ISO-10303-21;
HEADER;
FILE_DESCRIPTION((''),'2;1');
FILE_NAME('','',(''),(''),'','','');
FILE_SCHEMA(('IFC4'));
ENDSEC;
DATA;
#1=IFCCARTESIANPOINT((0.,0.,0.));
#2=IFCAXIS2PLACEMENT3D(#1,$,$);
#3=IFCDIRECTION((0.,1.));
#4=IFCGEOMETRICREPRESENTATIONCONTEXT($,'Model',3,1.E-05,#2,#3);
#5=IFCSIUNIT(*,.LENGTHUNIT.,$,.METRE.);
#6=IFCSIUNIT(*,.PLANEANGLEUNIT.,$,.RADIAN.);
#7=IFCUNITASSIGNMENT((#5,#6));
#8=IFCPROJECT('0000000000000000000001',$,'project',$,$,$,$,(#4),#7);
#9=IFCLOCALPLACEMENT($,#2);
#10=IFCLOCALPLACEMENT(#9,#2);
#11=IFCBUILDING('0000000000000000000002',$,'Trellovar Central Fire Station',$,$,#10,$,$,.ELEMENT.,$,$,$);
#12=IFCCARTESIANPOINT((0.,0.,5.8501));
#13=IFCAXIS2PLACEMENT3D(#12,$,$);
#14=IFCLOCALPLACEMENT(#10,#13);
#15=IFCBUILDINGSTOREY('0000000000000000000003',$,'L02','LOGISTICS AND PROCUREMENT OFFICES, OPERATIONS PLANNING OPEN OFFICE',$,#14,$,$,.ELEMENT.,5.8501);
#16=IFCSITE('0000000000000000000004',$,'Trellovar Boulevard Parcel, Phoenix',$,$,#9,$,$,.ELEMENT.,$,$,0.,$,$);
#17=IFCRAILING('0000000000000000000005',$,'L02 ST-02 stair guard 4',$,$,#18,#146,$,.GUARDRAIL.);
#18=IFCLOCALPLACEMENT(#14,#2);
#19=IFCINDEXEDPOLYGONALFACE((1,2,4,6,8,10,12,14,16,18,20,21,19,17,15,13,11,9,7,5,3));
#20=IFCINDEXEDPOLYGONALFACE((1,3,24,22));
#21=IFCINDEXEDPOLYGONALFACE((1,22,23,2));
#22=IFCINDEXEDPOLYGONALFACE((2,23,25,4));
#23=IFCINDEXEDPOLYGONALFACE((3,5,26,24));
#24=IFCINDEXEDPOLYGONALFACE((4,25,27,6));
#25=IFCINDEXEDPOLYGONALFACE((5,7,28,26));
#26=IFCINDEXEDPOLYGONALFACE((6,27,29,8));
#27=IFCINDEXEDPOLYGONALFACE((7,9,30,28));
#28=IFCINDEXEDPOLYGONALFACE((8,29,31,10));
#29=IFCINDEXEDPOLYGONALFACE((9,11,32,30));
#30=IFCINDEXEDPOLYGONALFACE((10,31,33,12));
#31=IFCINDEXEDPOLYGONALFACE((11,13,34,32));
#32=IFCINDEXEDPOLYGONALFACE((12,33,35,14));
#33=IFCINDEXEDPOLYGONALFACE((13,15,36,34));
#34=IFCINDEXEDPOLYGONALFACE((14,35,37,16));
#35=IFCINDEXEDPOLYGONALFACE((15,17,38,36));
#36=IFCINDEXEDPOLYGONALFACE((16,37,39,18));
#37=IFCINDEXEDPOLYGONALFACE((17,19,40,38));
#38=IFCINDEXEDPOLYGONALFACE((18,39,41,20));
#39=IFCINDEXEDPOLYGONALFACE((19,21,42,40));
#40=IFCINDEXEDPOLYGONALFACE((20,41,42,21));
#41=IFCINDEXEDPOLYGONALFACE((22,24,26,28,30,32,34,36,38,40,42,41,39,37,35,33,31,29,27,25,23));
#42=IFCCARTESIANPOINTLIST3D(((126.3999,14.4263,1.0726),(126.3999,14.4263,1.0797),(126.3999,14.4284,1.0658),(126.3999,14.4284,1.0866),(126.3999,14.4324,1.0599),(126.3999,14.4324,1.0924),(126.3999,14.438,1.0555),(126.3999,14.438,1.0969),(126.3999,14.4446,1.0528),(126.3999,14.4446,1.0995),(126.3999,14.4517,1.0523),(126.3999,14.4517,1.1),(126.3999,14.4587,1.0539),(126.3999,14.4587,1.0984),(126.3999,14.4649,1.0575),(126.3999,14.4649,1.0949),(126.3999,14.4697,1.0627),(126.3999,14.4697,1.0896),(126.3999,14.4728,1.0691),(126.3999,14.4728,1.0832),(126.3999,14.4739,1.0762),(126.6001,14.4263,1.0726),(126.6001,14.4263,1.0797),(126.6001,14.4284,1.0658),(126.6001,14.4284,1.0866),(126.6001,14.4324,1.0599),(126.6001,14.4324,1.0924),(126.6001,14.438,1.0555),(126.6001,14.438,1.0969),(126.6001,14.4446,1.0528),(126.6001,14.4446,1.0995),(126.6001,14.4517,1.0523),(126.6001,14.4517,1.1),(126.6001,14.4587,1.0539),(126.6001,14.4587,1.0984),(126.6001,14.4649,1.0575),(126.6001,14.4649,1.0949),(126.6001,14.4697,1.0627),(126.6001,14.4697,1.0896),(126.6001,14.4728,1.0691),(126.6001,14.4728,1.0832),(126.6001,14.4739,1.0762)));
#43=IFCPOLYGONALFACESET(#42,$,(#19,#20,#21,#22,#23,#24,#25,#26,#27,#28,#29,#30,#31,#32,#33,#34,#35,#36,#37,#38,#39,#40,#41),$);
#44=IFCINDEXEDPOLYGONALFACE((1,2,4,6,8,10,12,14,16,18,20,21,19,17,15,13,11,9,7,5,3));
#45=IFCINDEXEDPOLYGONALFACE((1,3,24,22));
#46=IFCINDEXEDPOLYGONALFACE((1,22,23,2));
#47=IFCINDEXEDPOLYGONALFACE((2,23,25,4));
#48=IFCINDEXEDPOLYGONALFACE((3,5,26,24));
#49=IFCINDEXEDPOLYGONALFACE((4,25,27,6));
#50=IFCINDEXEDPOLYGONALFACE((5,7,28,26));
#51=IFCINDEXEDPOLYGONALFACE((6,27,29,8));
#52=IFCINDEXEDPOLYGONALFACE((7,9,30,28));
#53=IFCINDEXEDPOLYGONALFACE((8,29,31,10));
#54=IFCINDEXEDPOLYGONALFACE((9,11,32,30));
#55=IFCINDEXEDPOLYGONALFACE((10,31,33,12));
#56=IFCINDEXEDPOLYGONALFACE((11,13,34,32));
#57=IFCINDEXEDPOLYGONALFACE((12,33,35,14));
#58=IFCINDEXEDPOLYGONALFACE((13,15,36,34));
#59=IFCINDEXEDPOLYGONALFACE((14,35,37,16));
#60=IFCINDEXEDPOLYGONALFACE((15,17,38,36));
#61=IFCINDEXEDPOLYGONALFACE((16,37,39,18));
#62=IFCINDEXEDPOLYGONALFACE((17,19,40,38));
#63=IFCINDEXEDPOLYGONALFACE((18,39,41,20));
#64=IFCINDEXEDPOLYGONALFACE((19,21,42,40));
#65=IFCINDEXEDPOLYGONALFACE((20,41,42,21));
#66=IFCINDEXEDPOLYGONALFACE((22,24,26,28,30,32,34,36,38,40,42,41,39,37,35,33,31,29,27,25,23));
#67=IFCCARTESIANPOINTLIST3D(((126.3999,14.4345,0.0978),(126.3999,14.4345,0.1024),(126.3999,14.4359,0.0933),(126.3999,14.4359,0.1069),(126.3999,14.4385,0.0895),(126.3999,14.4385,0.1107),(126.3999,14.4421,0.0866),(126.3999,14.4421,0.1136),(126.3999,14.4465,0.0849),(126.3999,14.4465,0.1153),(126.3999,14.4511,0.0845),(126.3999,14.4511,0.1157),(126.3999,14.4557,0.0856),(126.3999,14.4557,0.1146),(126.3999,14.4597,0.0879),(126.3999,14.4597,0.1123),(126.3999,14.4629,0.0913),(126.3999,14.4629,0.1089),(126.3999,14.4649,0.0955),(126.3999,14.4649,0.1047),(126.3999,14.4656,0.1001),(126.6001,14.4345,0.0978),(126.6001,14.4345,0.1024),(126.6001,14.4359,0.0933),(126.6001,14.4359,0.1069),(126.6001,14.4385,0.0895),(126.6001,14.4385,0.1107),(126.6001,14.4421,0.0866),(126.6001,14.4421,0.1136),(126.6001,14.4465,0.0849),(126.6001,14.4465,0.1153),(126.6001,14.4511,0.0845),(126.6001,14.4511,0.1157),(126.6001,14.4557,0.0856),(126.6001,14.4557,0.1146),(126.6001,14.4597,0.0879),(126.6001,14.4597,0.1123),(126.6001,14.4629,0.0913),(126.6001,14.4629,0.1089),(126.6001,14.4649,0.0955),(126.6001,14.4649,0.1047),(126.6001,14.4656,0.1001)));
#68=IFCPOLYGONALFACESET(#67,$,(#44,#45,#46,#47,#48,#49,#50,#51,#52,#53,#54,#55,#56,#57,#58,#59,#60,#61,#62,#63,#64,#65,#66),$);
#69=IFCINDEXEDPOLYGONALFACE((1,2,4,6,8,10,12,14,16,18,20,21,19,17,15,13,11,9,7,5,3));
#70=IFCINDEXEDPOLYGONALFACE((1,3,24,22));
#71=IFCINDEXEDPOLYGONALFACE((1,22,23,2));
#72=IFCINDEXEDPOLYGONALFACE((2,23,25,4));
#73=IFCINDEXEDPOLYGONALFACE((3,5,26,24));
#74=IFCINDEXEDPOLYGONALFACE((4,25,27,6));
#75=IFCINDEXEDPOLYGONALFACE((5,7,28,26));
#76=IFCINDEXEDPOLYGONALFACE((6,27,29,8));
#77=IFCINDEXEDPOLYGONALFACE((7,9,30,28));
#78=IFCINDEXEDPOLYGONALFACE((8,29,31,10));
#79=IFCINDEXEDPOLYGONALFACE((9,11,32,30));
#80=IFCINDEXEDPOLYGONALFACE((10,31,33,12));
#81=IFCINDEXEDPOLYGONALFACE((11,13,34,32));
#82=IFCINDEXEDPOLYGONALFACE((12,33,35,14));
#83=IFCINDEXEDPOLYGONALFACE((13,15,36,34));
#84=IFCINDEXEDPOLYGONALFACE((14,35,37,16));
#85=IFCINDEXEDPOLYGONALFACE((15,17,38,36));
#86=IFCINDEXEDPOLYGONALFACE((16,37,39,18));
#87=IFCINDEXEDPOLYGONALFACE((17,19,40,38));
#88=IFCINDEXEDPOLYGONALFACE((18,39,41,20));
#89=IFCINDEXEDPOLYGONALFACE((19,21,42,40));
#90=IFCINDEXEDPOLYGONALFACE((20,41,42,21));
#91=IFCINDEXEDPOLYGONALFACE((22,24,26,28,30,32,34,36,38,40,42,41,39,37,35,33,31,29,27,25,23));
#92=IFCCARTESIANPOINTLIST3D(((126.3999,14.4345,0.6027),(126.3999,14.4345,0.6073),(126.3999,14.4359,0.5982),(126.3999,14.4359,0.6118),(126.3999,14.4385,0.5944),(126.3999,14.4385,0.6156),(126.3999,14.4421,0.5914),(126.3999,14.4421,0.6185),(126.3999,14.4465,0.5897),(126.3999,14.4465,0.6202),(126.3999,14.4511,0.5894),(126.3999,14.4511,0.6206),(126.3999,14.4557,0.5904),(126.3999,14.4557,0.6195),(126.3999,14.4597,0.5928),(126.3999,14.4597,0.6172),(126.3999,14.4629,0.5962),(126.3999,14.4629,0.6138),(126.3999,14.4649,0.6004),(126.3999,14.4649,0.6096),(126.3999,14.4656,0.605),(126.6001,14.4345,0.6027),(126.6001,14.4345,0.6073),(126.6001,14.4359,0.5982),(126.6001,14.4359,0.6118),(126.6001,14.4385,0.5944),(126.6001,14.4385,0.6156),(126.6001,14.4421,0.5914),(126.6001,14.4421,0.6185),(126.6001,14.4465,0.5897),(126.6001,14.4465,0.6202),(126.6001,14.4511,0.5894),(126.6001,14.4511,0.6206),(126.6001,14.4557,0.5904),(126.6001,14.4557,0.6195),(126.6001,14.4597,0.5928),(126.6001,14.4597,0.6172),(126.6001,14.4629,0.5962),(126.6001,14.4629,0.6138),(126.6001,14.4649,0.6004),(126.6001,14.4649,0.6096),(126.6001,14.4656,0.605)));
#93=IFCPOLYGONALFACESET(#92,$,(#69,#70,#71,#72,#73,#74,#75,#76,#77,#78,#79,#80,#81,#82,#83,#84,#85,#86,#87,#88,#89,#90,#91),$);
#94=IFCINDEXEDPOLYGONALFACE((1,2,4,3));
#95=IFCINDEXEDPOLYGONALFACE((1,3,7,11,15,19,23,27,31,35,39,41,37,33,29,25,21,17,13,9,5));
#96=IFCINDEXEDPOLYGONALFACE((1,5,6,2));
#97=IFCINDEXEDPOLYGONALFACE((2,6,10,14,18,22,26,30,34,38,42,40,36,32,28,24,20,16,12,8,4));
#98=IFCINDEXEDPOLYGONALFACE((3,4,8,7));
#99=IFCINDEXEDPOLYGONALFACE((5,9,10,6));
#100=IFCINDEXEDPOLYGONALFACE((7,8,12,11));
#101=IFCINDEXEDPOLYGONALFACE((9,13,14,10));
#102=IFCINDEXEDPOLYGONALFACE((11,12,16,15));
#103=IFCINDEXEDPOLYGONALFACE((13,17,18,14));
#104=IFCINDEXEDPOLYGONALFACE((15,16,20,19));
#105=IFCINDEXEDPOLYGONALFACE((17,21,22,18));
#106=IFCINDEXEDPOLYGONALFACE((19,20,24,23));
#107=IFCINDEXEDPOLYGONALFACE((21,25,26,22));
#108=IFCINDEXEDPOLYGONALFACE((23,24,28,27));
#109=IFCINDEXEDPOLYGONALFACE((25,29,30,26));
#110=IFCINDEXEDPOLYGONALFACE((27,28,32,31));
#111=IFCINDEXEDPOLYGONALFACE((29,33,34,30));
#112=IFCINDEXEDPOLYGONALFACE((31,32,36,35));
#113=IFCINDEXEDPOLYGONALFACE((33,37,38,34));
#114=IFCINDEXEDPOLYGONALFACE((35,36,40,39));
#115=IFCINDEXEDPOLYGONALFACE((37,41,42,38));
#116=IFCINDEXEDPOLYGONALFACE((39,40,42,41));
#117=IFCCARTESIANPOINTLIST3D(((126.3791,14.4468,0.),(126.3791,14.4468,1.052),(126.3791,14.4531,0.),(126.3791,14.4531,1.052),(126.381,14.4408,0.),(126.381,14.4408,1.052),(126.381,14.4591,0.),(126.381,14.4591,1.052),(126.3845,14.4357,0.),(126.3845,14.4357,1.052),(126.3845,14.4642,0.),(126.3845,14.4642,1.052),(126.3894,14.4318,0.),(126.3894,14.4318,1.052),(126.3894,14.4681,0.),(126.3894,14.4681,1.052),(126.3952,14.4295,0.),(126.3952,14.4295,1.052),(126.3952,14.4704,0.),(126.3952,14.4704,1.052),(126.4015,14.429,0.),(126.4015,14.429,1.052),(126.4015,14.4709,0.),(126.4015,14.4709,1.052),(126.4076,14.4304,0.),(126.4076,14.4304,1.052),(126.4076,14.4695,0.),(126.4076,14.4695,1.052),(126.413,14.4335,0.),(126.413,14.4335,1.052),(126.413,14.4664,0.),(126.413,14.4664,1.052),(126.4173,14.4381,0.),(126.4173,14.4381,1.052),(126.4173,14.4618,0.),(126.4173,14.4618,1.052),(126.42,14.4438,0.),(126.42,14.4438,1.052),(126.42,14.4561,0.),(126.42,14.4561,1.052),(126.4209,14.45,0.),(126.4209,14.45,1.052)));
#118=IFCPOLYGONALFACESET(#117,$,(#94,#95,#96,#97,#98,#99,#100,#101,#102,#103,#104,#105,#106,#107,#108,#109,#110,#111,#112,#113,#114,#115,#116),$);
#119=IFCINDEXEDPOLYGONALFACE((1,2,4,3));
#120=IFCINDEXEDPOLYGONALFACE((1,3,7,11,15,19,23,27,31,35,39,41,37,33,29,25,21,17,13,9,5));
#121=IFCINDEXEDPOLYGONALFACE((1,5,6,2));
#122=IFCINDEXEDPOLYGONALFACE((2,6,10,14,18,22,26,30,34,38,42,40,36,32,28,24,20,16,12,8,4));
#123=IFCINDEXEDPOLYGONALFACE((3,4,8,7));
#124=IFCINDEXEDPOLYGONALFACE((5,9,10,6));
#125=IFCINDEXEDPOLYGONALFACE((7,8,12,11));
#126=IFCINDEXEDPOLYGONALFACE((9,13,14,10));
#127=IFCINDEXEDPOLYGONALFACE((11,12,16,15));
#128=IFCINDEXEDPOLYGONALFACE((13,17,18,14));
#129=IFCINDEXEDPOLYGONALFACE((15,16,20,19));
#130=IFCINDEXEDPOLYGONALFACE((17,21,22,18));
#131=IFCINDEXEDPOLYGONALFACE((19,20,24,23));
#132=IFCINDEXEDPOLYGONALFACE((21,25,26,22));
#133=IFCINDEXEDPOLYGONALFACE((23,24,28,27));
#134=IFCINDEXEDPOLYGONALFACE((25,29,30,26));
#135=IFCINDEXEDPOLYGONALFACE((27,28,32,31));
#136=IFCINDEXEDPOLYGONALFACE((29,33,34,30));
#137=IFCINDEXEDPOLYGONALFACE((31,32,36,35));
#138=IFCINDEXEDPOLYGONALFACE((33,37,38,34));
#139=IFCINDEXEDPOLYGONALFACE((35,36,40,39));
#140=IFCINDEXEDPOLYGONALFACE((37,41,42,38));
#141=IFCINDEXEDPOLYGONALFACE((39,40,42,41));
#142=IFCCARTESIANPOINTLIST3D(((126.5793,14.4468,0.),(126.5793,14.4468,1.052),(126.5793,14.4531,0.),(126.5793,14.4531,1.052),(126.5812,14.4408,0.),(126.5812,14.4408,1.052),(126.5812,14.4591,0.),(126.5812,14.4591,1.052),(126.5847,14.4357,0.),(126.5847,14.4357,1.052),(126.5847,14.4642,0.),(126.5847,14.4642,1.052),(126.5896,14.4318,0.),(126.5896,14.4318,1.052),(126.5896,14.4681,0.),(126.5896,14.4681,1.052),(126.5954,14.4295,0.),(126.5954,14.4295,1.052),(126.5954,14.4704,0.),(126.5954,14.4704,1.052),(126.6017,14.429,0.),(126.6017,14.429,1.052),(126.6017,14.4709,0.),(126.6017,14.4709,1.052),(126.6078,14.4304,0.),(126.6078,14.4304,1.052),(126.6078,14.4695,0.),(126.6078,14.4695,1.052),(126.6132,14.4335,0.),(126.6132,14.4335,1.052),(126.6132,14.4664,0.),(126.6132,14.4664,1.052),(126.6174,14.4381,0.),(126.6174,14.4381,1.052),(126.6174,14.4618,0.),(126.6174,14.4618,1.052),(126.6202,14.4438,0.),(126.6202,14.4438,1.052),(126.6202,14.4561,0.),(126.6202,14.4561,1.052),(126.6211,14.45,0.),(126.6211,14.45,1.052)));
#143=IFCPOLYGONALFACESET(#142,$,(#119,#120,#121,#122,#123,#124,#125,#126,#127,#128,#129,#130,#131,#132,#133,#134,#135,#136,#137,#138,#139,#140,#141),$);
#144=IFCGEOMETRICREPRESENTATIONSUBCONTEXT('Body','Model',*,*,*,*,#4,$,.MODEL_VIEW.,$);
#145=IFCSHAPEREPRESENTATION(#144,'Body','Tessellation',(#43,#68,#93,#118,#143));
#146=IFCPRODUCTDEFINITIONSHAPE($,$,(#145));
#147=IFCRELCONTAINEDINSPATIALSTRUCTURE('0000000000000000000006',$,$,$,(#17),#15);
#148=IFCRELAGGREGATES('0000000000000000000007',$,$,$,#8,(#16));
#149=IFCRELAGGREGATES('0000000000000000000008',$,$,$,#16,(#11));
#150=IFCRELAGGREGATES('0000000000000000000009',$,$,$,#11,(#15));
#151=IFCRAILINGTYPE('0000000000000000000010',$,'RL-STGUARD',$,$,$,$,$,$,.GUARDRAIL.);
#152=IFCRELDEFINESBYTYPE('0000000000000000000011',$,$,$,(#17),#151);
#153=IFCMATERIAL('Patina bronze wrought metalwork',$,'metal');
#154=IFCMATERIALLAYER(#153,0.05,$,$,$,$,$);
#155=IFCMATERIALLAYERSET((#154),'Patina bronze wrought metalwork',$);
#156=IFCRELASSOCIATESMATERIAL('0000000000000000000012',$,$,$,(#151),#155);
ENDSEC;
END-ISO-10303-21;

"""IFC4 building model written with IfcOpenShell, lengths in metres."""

from ifc_helpers import new_model, si_unit, direction, frame, origin, origin_2d, place, context, subcontext, project, spatial, circle, extrude, material, layer, layer_set, type_object, element, save


model = new_model("IFC4")

# Units and contexts
model_context = context("Model", 3, precision=1e-05, world=origin(), true_north=direction((0.0, 1.0)))
body_context = subcontext(model_context, "Body", "Model", "MODEL_VIEW")
ifc_project = project(units=[si_unit("LENGTHUNIT", "METRE"), si_unit("PLANEANGLEUNIT", "RADIAN")], contexts=[model_context])

# Site, building, storey
site_placement = place(None, origin())
site = spatial("IfcSite", under=ifc_project, at=site_placement, Name="Trellovar Boulevard Parcel, Phoenix", CompositionType="ELEMENT", RefElevation=0.0)
building_placement = place(site_placement, origin())
building = spatial("IfcBuilding", under=site, at=building_placement, Name="Trellovar Central Fire Station", CompositionType="ELEMENT")
storey_placement = place(building_placement, frame((0.0, 0.0, 5.8501)))
storey = spatial("IfcBuildingStorey", under=building, at=storey_placement, Name="L02", Description="LOGISTICS AND PROCUREMENT OFFICES, OPERATIONS PLANNING OPEN OFFICE", CompositionType="ELEMENT", Elevation=5.8501)

# Railing
ifc_material_1 = material(Name="Patina bronze wrought metalwork", Category="metal")
ifc_layer_1 = layer(ifc_material_1, 0.05)
ifc_layer_set_1 = layer_set([ifc_layer_1], Name="Patina bronze wrought metalwork")
railing_type_1 = type_object("IfcRailingType", Name="RL-STGUARD", PredefinedType="GUARDRAIL", material=ifc_layer_set_1)
railing_1_placement = place(storey_placement, frame((126.3999, 14.45, 0.0)))
element("IfcRailing", 1, at=railing_1_placement, inside=storey, type_object=railing_type_1, Name="L02 ST-02 stair guard 4", PredefinedType="GUARDRAIL", context=body_context, shape_type="SweptSolid", body=[
    extrude(circle(Radius=0.0239, at=origin_2d()), frame((0.0, 0.0, 1.0762), z_axis=(1.0, 0.0, 0.0), x_axis=(0.0, 1.0, 0.0)), (0.0, 0.0, 1.0), 0.2002),
    extrude(circle(Radius=0.0156, at=origin_2d()), frame((0.0, 0.0, 0.1001), z_axis=(1.0, 0.0, 0.0), x_axis=(0.0, 1.0, 0.0)), (0.0, 0.0, 1.0), 0.2002),
    extrude(circle(Radius=0.0156, at=origin_2d()), frame((0.0, 0.0, 0.605), z_axis=(1.0, 0.0, 0.0), x_axis=(0.0, 1.0, 0.0)), (0.0, 0.0, 1.0), 0.2002),
    extrude(circle(Radius=0.021, at=origin_2d()), origin(), (0.0, 0.0, 1.0), 1.052),
    extrude(circle(Radius=0.021, at=origin_2d()), frame((0.2002, 0.0, 0.0)), (0.0, 0.0, 1.0), 1.052),
])

save(model, "model.ifc")
